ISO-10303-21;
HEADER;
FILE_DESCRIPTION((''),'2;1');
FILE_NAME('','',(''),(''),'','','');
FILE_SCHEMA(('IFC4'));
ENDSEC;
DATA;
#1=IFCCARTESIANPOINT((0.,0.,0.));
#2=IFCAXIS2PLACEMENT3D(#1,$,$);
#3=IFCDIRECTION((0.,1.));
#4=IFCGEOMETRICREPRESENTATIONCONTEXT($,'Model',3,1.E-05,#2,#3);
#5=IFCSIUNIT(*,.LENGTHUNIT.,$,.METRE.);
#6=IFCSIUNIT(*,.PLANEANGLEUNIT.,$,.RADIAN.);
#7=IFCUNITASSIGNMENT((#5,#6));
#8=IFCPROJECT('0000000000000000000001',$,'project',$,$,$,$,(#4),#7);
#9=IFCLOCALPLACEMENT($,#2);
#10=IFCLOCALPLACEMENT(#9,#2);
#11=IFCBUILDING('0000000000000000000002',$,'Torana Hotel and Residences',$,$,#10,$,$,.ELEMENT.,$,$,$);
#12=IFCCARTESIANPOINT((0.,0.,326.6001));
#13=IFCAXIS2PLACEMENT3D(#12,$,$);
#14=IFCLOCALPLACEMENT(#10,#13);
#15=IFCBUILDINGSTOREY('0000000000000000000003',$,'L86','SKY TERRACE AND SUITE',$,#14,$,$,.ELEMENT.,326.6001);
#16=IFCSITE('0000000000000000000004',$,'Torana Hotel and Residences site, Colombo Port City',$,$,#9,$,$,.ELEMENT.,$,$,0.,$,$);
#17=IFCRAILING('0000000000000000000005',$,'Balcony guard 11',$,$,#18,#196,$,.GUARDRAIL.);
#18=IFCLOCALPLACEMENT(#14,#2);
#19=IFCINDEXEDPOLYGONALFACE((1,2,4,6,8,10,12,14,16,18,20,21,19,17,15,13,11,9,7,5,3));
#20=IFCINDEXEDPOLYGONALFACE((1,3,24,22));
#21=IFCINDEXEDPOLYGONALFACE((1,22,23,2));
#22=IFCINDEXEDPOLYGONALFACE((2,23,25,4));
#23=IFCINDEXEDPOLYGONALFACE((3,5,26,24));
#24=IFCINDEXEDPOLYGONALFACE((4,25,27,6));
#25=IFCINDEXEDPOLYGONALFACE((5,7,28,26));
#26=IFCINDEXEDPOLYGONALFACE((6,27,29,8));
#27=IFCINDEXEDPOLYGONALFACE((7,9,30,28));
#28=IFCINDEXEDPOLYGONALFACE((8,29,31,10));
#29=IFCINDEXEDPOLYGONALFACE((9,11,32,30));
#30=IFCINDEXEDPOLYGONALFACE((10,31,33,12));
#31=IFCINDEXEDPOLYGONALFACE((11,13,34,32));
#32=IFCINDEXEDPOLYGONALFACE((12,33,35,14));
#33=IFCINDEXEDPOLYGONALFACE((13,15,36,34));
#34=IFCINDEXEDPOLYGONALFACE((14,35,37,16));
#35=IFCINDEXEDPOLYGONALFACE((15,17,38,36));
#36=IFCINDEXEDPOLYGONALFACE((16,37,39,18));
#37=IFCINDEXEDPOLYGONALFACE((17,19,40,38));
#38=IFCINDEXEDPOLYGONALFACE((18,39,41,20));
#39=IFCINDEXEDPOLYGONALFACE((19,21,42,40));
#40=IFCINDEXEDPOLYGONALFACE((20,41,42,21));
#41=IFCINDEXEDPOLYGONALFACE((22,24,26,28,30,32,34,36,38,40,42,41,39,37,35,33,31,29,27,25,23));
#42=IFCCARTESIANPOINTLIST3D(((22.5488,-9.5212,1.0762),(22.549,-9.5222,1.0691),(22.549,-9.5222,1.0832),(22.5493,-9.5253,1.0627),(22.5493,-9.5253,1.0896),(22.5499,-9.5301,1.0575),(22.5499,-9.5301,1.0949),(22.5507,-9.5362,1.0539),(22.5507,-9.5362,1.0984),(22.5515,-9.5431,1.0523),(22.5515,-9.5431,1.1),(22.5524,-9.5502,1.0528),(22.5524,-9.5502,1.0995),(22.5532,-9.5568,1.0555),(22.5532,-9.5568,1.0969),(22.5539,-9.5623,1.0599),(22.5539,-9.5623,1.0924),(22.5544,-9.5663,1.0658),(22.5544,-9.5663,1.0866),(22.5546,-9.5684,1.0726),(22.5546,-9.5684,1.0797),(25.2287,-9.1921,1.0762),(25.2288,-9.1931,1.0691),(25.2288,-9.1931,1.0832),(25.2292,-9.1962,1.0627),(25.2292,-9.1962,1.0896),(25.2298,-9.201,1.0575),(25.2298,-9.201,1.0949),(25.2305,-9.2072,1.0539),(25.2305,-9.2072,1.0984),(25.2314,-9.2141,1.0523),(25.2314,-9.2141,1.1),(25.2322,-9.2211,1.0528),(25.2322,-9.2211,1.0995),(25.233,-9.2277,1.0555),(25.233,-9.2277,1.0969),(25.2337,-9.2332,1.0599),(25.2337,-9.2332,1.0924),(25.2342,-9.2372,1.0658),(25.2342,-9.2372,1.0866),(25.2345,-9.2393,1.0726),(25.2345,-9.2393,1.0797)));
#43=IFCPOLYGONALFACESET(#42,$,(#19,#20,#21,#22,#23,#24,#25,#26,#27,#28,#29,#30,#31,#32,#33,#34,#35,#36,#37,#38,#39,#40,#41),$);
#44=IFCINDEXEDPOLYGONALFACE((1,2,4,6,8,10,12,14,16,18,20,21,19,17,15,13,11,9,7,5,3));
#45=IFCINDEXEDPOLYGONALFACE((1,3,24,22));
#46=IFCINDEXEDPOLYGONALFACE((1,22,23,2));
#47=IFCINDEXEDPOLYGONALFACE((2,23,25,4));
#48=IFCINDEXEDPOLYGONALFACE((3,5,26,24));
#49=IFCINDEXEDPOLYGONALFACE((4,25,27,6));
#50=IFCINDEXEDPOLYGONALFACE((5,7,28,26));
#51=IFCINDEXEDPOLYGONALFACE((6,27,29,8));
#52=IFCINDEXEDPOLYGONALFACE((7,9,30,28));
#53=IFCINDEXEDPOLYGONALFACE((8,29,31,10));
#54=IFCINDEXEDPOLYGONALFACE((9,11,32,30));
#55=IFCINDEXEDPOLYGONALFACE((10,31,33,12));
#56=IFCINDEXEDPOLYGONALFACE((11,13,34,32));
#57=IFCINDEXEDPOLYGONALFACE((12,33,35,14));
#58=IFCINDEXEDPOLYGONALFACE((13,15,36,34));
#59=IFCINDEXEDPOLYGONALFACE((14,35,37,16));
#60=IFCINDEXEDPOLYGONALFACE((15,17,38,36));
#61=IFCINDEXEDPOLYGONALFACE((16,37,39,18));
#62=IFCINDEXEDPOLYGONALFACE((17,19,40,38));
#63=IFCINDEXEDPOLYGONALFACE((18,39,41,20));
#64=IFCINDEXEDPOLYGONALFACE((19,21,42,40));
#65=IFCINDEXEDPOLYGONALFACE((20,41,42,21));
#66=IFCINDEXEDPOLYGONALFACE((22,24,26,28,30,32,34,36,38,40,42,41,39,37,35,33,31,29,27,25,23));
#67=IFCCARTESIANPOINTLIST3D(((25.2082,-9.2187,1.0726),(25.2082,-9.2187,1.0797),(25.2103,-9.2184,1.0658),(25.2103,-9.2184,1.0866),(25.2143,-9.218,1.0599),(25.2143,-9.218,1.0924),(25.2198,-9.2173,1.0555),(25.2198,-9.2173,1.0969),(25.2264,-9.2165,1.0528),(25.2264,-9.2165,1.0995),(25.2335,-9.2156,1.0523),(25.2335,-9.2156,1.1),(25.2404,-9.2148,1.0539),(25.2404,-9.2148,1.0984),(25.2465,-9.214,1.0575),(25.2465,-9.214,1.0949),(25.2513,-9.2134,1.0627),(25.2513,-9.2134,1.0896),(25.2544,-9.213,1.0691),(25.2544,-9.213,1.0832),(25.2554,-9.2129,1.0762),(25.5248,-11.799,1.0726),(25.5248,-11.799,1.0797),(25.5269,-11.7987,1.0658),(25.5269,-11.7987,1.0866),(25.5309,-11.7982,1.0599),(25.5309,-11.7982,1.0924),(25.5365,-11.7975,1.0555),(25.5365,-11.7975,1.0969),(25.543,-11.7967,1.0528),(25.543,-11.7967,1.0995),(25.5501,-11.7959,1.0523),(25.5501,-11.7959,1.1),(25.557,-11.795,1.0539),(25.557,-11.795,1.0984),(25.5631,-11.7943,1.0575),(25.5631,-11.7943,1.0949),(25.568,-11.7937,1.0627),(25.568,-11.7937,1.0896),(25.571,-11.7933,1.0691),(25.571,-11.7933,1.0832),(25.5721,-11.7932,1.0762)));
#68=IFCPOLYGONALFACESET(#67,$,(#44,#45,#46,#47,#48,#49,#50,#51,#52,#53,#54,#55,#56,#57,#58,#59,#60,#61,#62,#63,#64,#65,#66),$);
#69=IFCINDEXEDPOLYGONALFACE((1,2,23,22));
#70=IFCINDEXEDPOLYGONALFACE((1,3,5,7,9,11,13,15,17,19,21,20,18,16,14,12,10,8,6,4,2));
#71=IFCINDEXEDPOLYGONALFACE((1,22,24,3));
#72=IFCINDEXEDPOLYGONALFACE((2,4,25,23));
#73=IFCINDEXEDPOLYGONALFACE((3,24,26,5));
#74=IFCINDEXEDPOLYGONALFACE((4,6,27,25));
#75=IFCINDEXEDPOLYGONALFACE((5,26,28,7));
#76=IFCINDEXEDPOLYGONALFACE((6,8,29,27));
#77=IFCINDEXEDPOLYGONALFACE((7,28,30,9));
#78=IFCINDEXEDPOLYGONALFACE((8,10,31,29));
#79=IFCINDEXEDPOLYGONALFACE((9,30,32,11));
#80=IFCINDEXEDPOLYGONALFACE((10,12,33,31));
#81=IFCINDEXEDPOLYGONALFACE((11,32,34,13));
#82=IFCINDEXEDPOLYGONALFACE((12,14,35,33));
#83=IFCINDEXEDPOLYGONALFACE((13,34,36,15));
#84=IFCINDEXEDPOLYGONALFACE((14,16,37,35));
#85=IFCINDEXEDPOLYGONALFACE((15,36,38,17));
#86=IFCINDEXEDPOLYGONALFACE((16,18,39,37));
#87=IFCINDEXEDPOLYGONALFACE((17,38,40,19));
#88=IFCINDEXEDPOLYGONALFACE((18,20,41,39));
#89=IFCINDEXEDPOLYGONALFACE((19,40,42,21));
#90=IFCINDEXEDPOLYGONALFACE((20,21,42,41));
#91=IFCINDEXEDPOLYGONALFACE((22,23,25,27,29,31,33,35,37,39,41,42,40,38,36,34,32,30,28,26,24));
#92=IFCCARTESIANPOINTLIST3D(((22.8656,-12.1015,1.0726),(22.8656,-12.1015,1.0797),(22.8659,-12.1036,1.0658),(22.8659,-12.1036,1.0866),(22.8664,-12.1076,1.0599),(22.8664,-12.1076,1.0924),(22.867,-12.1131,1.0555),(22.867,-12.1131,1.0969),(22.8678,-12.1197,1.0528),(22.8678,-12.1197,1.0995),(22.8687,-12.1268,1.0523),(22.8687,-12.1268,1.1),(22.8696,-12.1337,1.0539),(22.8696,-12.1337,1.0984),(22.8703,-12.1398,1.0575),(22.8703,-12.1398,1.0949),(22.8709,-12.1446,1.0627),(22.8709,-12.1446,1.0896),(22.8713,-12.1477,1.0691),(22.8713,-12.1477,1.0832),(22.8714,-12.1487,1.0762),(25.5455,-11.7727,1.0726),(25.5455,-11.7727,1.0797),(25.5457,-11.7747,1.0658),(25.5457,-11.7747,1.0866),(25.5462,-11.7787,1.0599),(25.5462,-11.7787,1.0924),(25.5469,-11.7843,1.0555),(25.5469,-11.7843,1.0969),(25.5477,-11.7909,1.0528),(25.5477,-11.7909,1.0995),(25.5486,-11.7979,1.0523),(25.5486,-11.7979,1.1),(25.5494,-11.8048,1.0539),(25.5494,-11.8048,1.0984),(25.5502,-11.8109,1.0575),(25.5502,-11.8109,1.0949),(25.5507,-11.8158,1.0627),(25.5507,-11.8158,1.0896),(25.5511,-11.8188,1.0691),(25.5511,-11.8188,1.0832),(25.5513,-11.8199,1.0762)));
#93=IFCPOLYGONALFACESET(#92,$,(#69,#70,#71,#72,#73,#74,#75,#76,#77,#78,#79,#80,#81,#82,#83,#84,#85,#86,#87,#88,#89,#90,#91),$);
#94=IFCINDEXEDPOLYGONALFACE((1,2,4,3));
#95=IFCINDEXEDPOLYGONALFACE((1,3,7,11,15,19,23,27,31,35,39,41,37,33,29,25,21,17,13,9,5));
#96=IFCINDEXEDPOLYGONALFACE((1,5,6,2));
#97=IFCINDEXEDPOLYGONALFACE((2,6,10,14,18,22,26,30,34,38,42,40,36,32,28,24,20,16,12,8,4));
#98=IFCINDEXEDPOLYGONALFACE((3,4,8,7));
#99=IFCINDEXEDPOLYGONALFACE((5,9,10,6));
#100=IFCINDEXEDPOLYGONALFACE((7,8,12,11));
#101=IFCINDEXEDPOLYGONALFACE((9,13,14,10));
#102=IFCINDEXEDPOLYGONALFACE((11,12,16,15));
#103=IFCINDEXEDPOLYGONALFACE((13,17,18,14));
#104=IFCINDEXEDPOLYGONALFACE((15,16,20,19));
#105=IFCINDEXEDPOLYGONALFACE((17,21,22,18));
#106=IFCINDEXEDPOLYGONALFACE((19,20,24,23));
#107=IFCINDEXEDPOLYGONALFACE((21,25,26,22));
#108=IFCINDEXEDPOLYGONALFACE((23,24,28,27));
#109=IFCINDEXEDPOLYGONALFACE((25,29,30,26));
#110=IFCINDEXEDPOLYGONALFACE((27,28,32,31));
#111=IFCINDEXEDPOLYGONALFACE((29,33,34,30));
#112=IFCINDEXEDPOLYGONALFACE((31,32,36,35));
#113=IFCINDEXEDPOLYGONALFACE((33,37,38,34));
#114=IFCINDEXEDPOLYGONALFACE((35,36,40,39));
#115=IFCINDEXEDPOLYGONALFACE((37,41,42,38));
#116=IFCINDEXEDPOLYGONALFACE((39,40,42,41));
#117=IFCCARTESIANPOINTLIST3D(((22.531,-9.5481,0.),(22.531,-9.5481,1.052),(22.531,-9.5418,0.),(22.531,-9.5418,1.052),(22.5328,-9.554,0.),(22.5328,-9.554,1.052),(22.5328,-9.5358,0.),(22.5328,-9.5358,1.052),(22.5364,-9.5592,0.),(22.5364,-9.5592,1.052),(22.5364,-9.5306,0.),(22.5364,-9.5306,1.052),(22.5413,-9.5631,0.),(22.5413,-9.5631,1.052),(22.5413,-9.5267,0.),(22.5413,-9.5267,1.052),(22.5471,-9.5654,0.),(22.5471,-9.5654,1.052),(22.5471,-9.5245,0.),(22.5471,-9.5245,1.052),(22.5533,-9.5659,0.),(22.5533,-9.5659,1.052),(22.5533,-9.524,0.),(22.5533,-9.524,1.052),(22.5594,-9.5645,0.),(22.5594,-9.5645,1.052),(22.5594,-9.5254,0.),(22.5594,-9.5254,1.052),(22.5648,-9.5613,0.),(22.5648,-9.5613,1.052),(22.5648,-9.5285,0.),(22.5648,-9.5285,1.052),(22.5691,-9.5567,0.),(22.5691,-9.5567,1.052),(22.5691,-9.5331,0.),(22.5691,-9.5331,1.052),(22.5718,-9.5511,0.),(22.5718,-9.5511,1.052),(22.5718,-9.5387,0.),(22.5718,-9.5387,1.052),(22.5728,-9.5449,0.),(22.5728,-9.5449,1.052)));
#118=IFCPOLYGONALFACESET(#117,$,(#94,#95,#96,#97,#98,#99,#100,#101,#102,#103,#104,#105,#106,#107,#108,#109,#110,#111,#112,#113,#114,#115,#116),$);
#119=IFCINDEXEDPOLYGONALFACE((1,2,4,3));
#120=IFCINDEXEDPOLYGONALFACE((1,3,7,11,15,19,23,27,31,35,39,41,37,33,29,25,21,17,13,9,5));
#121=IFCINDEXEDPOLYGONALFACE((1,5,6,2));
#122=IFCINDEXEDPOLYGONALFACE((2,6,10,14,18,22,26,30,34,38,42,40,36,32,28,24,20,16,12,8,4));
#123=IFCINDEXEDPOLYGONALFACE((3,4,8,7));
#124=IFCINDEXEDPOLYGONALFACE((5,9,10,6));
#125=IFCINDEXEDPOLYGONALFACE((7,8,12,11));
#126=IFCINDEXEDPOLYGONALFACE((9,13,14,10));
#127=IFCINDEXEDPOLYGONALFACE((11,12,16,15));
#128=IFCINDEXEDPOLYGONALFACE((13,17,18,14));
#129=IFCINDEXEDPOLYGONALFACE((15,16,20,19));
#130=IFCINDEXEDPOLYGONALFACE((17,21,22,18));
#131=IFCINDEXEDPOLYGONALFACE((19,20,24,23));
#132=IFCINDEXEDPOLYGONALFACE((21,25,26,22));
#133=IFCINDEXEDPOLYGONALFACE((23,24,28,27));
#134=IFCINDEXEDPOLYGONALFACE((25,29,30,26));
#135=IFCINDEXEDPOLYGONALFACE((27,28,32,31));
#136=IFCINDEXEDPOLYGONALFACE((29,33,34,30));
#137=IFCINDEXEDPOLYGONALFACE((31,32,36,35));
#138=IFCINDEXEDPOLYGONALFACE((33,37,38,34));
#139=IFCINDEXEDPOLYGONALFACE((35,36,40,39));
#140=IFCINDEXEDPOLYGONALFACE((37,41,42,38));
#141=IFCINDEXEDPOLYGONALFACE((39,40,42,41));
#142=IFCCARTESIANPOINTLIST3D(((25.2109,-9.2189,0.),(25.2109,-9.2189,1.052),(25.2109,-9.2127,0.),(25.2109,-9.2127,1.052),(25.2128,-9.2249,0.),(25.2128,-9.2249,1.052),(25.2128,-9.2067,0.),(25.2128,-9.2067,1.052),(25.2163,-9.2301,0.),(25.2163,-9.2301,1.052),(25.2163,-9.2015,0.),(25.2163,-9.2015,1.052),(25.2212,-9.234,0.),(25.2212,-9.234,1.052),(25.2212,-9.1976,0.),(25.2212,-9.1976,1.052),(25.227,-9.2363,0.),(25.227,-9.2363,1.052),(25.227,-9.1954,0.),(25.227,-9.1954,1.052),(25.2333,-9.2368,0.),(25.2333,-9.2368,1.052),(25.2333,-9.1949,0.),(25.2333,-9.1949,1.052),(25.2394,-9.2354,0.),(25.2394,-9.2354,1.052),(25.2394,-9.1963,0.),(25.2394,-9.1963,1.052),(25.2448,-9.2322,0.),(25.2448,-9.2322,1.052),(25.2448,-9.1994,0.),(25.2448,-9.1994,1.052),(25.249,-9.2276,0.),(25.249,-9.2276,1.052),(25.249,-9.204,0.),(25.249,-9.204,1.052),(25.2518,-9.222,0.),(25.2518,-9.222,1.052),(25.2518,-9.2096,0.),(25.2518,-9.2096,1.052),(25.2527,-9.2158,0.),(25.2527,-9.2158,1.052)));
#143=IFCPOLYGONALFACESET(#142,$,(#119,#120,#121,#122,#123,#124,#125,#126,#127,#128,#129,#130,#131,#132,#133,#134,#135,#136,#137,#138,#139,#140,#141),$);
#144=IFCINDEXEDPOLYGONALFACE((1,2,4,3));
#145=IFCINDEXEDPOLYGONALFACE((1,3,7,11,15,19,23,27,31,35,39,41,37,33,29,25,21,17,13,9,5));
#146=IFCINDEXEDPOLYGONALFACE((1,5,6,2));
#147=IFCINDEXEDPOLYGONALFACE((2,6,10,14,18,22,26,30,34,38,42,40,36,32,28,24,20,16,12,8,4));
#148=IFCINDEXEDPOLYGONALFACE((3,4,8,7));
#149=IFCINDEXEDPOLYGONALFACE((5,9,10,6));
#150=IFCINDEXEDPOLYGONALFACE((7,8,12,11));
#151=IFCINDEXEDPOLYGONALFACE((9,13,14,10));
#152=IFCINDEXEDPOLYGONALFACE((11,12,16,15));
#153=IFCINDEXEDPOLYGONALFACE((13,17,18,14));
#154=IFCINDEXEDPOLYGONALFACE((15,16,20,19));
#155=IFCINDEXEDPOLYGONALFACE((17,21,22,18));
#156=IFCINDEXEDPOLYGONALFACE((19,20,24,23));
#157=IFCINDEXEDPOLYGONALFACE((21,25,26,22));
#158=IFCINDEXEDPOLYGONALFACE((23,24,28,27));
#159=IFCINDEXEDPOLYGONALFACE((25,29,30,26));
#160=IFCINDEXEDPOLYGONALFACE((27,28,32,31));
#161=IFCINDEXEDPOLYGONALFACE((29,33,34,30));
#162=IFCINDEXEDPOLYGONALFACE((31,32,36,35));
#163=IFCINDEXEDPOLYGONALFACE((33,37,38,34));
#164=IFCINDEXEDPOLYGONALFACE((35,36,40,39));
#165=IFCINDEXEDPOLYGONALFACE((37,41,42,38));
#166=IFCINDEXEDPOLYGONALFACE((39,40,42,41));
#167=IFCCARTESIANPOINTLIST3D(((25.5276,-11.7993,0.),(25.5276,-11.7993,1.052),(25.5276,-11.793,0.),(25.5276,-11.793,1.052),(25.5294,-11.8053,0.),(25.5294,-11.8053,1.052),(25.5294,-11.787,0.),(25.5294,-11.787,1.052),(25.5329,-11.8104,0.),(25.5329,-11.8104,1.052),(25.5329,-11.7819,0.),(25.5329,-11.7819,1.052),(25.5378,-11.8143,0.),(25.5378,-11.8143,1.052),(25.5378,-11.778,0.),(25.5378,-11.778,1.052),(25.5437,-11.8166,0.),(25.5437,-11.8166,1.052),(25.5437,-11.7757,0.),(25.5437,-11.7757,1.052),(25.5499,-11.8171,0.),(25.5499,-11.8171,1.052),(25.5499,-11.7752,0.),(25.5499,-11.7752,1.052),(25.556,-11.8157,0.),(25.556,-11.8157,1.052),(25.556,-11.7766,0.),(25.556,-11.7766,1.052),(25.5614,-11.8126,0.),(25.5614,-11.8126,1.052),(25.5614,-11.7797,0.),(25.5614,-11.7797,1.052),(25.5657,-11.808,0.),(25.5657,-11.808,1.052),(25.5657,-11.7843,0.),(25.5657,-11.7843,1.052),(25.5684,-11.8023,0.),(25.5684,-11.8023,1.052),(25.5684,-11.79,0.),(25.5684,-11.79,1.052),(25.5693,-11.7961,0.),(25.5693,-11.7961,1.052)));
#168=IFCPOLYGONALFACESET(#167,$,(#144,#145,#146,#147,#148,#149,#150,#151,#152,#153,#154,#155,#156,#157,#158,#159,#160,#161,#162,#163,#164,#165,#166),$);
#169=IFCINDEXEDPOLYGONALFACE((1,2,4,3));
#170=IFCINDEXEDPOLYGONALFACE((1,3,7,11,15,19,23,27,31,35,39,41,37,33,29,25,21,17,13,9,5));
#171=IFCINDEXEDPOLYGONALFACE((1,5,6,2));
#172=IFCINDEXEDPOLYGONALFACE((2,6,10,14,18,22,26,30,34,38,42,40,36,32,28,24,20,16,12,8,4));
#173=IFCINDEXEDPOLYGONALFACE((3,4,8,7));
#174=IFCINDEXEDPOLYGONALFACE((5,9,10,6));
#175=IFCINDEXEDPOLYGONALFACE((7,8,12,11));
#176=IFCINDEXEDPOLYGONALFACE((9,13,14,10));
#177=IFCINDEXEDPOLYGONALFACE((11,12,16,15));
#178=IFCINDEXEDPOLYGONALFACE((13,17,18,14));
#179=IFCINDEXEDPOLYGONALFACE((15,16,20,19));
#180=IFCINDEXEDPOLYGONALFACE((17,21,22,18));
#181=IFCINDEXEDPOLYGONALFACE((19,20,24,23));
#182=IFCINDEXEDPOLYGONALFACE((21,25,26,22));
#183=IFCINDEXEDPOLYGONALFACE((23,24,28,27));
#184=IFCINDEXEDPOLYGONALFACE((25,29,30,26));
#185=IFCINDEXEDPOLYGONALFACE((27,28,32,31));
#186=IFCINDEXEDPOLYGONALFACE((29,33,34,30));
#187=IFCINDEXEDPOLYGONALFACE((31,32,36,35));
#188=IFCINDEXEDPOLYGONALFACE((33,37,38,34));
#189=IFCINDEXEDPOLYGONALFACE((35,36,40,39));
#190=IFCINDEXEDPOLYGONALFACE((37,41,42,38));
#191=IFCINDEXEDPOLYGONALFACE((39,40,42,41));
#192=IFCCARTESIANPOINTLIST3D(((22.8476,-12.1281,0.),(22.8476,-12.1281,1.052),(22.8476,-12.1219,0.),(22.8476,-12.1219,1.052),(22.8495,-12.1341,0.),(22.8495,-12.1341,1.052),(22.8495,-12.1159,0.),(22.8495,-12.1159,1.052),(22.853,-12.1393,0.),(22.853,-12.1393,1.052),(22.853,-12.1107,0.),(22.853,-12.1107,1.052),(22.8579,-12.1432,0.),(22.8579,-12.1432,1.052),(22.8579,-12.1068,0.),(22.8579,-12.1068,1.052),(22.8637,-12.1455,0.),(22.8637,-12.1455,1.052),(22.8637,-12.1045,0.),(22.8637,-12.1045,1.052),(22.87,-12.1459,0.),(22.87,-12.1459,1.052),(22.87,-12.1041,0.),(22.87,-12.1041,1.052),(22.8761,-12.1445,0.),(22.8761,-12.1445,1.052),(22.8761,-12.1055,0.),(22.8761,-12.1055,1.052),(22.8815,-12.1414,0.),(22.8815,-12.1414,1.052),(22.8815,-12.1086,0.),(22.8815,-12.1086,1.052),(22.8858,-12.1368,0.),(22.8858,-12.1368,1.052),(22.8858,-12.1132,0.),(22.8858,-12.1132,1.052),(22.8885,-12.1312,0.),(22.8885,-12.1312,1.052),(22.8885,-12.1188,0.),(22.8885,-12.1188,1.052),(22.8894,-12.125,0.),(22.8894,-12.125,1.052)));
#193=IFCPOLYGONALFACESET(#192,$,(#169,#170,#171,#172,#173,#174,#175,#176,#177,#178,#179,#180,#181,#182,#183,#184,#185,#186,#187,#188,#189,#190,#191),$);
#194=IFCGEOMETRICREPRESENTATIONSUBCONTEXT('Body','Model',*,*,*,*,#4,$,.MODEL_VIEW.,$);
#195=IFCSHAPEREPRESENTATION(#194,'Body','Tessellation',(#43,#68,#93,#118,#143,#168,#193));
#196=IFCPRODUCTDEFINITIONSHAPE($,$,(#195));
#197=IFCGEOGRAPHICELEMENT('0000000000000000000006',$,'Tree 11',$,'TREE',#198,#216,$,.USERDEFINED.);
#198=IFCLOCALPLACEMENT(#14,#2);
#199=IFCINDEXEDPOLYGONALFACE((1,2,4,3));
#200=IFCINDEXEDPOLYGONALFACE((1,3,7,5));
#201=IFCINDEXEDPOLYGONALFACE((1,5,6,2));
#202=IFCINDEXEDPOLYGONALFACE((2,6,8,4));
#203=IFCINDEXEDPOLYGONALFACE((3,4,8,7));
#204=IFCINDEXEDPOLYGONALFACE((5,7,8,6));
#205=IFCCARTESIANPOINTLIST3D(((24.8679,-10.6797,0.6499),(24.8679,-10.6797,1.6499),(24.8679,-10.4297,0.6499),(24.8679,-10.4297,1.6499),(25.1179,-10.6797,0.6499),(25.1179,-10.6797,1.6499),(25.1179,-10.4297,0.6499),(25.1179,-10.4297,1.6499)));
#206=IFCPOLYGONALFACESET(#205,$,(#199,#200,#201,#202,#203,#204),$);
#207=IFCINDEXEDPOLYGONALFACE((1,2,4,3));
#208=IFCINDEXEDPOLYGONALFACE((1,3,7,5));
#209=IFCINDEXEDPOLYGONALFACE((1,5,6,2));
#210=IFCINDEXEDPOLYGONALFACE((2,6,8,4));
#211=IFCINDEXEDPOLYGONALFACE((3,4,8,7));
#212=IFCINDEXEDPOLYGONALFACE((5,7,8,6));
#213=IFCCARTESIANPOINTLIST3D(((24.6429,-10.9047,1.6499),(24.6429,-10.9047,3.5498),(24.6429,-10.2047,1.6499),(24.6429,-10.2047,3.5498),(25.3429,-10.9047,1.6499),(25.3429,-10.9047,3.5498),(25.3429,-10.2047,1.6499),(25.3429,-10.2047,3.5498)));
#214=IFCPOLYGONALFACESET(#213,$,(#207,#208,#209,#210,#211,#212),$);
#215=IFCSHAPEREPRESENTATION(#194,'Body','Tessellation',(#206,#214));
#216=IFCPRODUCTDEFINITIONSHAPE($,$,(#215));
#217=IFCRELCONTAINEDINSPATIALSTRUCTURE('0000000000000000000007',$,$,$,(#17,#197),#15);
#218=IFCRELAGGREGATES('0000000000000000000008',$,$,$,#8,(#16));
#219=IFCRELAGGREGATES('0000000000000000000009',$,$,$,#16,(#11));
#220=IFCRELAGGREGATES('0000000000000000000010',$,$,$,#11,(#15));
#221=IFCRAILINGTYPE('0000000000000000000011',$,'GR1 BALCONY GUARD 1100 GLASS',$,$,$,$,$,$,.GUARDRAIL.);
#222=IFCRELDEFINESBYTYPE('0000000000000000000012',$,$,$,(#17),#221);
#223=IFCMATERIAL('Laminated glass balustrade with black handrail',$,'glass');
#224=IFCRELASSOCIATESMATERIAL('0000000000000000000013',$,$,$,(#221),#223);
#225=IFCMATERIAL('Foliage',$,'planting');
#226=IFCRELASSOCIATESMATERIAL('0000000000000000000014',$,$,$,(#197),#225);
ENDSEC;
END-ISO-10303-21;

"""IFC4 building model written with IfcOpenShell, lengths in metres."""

from ifc_helpers import new_model, si_unit, direction, frame, origin, origin_2d, place, context, subcontext, project, spatial, rectangle, circle, extrude, material, type_object, element, save


model = new_model("IFC4")

# Units and contexts
model_context = context("Model", 3, precision=1e-05, world=origin(), true_north=direction((0.0, 1.0)))
body_context = subcontext(model_context, "Body", "Model", "MODEL_VIEW")
ifc_project = project(units=[si_unit("LENGTHUNIT", "METRE"), si_unit("PLANEANGLEUNIT", "RADIAN")], contexts=[model_context])

# Site, building, storey
site_placement = place(None, origin())
site = spatial("IfcSite", under=ifc_project, at=site_placement, Name="Torana Hotel and Residences site, Colombo Port City", CompositionType="ELEMENT", RefElevation=0.0)
building_placement = place(site_placement, origin())
building = spatial("IfcBuilding", under=site, at=building_placement, Name="Torana Hotel and Residences", CompositionType="ELEMENT")
storey_placement = place(building_placement, frame((0.0, 0.0, 326.6001)))
storey = spatial("IfcBuildingStorey", under=building, at=storey_placement, Name="L86", Description="SKY TERRACE AND SUITE", CompositionType="ELEMENT", Elevation=326.6001)

# Railing
ifc_material_1 = material(Name="Laminated glass balustrade with black handrail", Category="glass")
railing_type_1 = type_object("IfcRailingType", Name="GR1 BALCONY GUARD 1100 GLASS", PredefinedType="GUARDRAIL", material=ifc_material_1)
railing_1_placement = place(storey_placement, frame((22.5518, -9.5449, 0.0)))
element("IfcRailing", 1, at=railing_1_placement, inside=storey, type_object=railing_type_1, Name="Balcony guard 11", PredefinedType="GUARDRAIL", context=body_context, shape_type="SweptSolid", body=[
    extrude(circle(Radius=0.0239, at=origin_2d()), frame((0.0, 0.0, 1.0762), z_axis=(0.992544, 0.121887, 0.0), x_axis=(-0.121887, 0.992544, 0.0)), (0.0, 0.0, 1.0), 2.7),
    extrude(circle(Radius=0.0239, at=origin_2d()), frame((2.6799, 0.3291, 1.0762), z_axis=(0.121804, -0.992554, 0.0), x_axis=(0.992554, 0.121804, 0.0)), (0.0, 0.0, 1.0), 2.5996),
    extrude(circle(Radius=0.0239, at=origin_2d()), frame((2.9966, -2.2512, 1.0762), z_axis=(-0.992555, -0.121798, 0.0), x_axis=(0.121798, -0.992555, 0.0)), (0.0, 0.0, 1.0), 2.7),
    extrude(circle(Radius=0.021, at=origin_2d()), origin(), (0.0, 0.0, 1.0), 1.052),
    extrude(circle(Radius=0.021, at=origin_2d()), frame((2.6799, 0.3291, 0.0)), (0.0, 0.0, 1.0), 1.052),
    extrude(circle(Radius=0.021, at=origin_2d()), frame((2.9966, -2.2512, 0.0)), (0.0, 0.0, 1.0), 1.052),
    extrude(circle(Radius=0.021, at=origin_2d()), frame((0.3167, -2.5801, 0.0)), (0.0, 0.0, 1.0), 1.052),
])

# Geographic element
ifc_material_2 = material(Name="Foliage", Category="planting")
geographic_element_placement = place(storey_placement, frame((24.9929, -10.5547, 0.6499), z_axis=(0.0, 0.0, 1.0), x_axis=(1.0, 0.0, 0.0)))
element("IfcGeographicElement", 2, at=geographic_element_placement, inside=storey, material=ifc_material_2, Name="Tree 11", ObjectType="TREE", PredefinedType="USERDEFINED", context=body_context, shape_type="SweptSolid", body=[
    extrude(rectangle(XDim=0.25, YDim=0.25, at=origin_2d()), origin(), (0.0, 0.0, 1.0), 1.0),
    extrude(rectangle(XDim=0.7, YDim=0.7, at=origin_2d()), frame((0.0, 0.0, 1.0)), (0.0, 0.0, 1.0), 1.8999),
])

save(model, "model.ifc")
